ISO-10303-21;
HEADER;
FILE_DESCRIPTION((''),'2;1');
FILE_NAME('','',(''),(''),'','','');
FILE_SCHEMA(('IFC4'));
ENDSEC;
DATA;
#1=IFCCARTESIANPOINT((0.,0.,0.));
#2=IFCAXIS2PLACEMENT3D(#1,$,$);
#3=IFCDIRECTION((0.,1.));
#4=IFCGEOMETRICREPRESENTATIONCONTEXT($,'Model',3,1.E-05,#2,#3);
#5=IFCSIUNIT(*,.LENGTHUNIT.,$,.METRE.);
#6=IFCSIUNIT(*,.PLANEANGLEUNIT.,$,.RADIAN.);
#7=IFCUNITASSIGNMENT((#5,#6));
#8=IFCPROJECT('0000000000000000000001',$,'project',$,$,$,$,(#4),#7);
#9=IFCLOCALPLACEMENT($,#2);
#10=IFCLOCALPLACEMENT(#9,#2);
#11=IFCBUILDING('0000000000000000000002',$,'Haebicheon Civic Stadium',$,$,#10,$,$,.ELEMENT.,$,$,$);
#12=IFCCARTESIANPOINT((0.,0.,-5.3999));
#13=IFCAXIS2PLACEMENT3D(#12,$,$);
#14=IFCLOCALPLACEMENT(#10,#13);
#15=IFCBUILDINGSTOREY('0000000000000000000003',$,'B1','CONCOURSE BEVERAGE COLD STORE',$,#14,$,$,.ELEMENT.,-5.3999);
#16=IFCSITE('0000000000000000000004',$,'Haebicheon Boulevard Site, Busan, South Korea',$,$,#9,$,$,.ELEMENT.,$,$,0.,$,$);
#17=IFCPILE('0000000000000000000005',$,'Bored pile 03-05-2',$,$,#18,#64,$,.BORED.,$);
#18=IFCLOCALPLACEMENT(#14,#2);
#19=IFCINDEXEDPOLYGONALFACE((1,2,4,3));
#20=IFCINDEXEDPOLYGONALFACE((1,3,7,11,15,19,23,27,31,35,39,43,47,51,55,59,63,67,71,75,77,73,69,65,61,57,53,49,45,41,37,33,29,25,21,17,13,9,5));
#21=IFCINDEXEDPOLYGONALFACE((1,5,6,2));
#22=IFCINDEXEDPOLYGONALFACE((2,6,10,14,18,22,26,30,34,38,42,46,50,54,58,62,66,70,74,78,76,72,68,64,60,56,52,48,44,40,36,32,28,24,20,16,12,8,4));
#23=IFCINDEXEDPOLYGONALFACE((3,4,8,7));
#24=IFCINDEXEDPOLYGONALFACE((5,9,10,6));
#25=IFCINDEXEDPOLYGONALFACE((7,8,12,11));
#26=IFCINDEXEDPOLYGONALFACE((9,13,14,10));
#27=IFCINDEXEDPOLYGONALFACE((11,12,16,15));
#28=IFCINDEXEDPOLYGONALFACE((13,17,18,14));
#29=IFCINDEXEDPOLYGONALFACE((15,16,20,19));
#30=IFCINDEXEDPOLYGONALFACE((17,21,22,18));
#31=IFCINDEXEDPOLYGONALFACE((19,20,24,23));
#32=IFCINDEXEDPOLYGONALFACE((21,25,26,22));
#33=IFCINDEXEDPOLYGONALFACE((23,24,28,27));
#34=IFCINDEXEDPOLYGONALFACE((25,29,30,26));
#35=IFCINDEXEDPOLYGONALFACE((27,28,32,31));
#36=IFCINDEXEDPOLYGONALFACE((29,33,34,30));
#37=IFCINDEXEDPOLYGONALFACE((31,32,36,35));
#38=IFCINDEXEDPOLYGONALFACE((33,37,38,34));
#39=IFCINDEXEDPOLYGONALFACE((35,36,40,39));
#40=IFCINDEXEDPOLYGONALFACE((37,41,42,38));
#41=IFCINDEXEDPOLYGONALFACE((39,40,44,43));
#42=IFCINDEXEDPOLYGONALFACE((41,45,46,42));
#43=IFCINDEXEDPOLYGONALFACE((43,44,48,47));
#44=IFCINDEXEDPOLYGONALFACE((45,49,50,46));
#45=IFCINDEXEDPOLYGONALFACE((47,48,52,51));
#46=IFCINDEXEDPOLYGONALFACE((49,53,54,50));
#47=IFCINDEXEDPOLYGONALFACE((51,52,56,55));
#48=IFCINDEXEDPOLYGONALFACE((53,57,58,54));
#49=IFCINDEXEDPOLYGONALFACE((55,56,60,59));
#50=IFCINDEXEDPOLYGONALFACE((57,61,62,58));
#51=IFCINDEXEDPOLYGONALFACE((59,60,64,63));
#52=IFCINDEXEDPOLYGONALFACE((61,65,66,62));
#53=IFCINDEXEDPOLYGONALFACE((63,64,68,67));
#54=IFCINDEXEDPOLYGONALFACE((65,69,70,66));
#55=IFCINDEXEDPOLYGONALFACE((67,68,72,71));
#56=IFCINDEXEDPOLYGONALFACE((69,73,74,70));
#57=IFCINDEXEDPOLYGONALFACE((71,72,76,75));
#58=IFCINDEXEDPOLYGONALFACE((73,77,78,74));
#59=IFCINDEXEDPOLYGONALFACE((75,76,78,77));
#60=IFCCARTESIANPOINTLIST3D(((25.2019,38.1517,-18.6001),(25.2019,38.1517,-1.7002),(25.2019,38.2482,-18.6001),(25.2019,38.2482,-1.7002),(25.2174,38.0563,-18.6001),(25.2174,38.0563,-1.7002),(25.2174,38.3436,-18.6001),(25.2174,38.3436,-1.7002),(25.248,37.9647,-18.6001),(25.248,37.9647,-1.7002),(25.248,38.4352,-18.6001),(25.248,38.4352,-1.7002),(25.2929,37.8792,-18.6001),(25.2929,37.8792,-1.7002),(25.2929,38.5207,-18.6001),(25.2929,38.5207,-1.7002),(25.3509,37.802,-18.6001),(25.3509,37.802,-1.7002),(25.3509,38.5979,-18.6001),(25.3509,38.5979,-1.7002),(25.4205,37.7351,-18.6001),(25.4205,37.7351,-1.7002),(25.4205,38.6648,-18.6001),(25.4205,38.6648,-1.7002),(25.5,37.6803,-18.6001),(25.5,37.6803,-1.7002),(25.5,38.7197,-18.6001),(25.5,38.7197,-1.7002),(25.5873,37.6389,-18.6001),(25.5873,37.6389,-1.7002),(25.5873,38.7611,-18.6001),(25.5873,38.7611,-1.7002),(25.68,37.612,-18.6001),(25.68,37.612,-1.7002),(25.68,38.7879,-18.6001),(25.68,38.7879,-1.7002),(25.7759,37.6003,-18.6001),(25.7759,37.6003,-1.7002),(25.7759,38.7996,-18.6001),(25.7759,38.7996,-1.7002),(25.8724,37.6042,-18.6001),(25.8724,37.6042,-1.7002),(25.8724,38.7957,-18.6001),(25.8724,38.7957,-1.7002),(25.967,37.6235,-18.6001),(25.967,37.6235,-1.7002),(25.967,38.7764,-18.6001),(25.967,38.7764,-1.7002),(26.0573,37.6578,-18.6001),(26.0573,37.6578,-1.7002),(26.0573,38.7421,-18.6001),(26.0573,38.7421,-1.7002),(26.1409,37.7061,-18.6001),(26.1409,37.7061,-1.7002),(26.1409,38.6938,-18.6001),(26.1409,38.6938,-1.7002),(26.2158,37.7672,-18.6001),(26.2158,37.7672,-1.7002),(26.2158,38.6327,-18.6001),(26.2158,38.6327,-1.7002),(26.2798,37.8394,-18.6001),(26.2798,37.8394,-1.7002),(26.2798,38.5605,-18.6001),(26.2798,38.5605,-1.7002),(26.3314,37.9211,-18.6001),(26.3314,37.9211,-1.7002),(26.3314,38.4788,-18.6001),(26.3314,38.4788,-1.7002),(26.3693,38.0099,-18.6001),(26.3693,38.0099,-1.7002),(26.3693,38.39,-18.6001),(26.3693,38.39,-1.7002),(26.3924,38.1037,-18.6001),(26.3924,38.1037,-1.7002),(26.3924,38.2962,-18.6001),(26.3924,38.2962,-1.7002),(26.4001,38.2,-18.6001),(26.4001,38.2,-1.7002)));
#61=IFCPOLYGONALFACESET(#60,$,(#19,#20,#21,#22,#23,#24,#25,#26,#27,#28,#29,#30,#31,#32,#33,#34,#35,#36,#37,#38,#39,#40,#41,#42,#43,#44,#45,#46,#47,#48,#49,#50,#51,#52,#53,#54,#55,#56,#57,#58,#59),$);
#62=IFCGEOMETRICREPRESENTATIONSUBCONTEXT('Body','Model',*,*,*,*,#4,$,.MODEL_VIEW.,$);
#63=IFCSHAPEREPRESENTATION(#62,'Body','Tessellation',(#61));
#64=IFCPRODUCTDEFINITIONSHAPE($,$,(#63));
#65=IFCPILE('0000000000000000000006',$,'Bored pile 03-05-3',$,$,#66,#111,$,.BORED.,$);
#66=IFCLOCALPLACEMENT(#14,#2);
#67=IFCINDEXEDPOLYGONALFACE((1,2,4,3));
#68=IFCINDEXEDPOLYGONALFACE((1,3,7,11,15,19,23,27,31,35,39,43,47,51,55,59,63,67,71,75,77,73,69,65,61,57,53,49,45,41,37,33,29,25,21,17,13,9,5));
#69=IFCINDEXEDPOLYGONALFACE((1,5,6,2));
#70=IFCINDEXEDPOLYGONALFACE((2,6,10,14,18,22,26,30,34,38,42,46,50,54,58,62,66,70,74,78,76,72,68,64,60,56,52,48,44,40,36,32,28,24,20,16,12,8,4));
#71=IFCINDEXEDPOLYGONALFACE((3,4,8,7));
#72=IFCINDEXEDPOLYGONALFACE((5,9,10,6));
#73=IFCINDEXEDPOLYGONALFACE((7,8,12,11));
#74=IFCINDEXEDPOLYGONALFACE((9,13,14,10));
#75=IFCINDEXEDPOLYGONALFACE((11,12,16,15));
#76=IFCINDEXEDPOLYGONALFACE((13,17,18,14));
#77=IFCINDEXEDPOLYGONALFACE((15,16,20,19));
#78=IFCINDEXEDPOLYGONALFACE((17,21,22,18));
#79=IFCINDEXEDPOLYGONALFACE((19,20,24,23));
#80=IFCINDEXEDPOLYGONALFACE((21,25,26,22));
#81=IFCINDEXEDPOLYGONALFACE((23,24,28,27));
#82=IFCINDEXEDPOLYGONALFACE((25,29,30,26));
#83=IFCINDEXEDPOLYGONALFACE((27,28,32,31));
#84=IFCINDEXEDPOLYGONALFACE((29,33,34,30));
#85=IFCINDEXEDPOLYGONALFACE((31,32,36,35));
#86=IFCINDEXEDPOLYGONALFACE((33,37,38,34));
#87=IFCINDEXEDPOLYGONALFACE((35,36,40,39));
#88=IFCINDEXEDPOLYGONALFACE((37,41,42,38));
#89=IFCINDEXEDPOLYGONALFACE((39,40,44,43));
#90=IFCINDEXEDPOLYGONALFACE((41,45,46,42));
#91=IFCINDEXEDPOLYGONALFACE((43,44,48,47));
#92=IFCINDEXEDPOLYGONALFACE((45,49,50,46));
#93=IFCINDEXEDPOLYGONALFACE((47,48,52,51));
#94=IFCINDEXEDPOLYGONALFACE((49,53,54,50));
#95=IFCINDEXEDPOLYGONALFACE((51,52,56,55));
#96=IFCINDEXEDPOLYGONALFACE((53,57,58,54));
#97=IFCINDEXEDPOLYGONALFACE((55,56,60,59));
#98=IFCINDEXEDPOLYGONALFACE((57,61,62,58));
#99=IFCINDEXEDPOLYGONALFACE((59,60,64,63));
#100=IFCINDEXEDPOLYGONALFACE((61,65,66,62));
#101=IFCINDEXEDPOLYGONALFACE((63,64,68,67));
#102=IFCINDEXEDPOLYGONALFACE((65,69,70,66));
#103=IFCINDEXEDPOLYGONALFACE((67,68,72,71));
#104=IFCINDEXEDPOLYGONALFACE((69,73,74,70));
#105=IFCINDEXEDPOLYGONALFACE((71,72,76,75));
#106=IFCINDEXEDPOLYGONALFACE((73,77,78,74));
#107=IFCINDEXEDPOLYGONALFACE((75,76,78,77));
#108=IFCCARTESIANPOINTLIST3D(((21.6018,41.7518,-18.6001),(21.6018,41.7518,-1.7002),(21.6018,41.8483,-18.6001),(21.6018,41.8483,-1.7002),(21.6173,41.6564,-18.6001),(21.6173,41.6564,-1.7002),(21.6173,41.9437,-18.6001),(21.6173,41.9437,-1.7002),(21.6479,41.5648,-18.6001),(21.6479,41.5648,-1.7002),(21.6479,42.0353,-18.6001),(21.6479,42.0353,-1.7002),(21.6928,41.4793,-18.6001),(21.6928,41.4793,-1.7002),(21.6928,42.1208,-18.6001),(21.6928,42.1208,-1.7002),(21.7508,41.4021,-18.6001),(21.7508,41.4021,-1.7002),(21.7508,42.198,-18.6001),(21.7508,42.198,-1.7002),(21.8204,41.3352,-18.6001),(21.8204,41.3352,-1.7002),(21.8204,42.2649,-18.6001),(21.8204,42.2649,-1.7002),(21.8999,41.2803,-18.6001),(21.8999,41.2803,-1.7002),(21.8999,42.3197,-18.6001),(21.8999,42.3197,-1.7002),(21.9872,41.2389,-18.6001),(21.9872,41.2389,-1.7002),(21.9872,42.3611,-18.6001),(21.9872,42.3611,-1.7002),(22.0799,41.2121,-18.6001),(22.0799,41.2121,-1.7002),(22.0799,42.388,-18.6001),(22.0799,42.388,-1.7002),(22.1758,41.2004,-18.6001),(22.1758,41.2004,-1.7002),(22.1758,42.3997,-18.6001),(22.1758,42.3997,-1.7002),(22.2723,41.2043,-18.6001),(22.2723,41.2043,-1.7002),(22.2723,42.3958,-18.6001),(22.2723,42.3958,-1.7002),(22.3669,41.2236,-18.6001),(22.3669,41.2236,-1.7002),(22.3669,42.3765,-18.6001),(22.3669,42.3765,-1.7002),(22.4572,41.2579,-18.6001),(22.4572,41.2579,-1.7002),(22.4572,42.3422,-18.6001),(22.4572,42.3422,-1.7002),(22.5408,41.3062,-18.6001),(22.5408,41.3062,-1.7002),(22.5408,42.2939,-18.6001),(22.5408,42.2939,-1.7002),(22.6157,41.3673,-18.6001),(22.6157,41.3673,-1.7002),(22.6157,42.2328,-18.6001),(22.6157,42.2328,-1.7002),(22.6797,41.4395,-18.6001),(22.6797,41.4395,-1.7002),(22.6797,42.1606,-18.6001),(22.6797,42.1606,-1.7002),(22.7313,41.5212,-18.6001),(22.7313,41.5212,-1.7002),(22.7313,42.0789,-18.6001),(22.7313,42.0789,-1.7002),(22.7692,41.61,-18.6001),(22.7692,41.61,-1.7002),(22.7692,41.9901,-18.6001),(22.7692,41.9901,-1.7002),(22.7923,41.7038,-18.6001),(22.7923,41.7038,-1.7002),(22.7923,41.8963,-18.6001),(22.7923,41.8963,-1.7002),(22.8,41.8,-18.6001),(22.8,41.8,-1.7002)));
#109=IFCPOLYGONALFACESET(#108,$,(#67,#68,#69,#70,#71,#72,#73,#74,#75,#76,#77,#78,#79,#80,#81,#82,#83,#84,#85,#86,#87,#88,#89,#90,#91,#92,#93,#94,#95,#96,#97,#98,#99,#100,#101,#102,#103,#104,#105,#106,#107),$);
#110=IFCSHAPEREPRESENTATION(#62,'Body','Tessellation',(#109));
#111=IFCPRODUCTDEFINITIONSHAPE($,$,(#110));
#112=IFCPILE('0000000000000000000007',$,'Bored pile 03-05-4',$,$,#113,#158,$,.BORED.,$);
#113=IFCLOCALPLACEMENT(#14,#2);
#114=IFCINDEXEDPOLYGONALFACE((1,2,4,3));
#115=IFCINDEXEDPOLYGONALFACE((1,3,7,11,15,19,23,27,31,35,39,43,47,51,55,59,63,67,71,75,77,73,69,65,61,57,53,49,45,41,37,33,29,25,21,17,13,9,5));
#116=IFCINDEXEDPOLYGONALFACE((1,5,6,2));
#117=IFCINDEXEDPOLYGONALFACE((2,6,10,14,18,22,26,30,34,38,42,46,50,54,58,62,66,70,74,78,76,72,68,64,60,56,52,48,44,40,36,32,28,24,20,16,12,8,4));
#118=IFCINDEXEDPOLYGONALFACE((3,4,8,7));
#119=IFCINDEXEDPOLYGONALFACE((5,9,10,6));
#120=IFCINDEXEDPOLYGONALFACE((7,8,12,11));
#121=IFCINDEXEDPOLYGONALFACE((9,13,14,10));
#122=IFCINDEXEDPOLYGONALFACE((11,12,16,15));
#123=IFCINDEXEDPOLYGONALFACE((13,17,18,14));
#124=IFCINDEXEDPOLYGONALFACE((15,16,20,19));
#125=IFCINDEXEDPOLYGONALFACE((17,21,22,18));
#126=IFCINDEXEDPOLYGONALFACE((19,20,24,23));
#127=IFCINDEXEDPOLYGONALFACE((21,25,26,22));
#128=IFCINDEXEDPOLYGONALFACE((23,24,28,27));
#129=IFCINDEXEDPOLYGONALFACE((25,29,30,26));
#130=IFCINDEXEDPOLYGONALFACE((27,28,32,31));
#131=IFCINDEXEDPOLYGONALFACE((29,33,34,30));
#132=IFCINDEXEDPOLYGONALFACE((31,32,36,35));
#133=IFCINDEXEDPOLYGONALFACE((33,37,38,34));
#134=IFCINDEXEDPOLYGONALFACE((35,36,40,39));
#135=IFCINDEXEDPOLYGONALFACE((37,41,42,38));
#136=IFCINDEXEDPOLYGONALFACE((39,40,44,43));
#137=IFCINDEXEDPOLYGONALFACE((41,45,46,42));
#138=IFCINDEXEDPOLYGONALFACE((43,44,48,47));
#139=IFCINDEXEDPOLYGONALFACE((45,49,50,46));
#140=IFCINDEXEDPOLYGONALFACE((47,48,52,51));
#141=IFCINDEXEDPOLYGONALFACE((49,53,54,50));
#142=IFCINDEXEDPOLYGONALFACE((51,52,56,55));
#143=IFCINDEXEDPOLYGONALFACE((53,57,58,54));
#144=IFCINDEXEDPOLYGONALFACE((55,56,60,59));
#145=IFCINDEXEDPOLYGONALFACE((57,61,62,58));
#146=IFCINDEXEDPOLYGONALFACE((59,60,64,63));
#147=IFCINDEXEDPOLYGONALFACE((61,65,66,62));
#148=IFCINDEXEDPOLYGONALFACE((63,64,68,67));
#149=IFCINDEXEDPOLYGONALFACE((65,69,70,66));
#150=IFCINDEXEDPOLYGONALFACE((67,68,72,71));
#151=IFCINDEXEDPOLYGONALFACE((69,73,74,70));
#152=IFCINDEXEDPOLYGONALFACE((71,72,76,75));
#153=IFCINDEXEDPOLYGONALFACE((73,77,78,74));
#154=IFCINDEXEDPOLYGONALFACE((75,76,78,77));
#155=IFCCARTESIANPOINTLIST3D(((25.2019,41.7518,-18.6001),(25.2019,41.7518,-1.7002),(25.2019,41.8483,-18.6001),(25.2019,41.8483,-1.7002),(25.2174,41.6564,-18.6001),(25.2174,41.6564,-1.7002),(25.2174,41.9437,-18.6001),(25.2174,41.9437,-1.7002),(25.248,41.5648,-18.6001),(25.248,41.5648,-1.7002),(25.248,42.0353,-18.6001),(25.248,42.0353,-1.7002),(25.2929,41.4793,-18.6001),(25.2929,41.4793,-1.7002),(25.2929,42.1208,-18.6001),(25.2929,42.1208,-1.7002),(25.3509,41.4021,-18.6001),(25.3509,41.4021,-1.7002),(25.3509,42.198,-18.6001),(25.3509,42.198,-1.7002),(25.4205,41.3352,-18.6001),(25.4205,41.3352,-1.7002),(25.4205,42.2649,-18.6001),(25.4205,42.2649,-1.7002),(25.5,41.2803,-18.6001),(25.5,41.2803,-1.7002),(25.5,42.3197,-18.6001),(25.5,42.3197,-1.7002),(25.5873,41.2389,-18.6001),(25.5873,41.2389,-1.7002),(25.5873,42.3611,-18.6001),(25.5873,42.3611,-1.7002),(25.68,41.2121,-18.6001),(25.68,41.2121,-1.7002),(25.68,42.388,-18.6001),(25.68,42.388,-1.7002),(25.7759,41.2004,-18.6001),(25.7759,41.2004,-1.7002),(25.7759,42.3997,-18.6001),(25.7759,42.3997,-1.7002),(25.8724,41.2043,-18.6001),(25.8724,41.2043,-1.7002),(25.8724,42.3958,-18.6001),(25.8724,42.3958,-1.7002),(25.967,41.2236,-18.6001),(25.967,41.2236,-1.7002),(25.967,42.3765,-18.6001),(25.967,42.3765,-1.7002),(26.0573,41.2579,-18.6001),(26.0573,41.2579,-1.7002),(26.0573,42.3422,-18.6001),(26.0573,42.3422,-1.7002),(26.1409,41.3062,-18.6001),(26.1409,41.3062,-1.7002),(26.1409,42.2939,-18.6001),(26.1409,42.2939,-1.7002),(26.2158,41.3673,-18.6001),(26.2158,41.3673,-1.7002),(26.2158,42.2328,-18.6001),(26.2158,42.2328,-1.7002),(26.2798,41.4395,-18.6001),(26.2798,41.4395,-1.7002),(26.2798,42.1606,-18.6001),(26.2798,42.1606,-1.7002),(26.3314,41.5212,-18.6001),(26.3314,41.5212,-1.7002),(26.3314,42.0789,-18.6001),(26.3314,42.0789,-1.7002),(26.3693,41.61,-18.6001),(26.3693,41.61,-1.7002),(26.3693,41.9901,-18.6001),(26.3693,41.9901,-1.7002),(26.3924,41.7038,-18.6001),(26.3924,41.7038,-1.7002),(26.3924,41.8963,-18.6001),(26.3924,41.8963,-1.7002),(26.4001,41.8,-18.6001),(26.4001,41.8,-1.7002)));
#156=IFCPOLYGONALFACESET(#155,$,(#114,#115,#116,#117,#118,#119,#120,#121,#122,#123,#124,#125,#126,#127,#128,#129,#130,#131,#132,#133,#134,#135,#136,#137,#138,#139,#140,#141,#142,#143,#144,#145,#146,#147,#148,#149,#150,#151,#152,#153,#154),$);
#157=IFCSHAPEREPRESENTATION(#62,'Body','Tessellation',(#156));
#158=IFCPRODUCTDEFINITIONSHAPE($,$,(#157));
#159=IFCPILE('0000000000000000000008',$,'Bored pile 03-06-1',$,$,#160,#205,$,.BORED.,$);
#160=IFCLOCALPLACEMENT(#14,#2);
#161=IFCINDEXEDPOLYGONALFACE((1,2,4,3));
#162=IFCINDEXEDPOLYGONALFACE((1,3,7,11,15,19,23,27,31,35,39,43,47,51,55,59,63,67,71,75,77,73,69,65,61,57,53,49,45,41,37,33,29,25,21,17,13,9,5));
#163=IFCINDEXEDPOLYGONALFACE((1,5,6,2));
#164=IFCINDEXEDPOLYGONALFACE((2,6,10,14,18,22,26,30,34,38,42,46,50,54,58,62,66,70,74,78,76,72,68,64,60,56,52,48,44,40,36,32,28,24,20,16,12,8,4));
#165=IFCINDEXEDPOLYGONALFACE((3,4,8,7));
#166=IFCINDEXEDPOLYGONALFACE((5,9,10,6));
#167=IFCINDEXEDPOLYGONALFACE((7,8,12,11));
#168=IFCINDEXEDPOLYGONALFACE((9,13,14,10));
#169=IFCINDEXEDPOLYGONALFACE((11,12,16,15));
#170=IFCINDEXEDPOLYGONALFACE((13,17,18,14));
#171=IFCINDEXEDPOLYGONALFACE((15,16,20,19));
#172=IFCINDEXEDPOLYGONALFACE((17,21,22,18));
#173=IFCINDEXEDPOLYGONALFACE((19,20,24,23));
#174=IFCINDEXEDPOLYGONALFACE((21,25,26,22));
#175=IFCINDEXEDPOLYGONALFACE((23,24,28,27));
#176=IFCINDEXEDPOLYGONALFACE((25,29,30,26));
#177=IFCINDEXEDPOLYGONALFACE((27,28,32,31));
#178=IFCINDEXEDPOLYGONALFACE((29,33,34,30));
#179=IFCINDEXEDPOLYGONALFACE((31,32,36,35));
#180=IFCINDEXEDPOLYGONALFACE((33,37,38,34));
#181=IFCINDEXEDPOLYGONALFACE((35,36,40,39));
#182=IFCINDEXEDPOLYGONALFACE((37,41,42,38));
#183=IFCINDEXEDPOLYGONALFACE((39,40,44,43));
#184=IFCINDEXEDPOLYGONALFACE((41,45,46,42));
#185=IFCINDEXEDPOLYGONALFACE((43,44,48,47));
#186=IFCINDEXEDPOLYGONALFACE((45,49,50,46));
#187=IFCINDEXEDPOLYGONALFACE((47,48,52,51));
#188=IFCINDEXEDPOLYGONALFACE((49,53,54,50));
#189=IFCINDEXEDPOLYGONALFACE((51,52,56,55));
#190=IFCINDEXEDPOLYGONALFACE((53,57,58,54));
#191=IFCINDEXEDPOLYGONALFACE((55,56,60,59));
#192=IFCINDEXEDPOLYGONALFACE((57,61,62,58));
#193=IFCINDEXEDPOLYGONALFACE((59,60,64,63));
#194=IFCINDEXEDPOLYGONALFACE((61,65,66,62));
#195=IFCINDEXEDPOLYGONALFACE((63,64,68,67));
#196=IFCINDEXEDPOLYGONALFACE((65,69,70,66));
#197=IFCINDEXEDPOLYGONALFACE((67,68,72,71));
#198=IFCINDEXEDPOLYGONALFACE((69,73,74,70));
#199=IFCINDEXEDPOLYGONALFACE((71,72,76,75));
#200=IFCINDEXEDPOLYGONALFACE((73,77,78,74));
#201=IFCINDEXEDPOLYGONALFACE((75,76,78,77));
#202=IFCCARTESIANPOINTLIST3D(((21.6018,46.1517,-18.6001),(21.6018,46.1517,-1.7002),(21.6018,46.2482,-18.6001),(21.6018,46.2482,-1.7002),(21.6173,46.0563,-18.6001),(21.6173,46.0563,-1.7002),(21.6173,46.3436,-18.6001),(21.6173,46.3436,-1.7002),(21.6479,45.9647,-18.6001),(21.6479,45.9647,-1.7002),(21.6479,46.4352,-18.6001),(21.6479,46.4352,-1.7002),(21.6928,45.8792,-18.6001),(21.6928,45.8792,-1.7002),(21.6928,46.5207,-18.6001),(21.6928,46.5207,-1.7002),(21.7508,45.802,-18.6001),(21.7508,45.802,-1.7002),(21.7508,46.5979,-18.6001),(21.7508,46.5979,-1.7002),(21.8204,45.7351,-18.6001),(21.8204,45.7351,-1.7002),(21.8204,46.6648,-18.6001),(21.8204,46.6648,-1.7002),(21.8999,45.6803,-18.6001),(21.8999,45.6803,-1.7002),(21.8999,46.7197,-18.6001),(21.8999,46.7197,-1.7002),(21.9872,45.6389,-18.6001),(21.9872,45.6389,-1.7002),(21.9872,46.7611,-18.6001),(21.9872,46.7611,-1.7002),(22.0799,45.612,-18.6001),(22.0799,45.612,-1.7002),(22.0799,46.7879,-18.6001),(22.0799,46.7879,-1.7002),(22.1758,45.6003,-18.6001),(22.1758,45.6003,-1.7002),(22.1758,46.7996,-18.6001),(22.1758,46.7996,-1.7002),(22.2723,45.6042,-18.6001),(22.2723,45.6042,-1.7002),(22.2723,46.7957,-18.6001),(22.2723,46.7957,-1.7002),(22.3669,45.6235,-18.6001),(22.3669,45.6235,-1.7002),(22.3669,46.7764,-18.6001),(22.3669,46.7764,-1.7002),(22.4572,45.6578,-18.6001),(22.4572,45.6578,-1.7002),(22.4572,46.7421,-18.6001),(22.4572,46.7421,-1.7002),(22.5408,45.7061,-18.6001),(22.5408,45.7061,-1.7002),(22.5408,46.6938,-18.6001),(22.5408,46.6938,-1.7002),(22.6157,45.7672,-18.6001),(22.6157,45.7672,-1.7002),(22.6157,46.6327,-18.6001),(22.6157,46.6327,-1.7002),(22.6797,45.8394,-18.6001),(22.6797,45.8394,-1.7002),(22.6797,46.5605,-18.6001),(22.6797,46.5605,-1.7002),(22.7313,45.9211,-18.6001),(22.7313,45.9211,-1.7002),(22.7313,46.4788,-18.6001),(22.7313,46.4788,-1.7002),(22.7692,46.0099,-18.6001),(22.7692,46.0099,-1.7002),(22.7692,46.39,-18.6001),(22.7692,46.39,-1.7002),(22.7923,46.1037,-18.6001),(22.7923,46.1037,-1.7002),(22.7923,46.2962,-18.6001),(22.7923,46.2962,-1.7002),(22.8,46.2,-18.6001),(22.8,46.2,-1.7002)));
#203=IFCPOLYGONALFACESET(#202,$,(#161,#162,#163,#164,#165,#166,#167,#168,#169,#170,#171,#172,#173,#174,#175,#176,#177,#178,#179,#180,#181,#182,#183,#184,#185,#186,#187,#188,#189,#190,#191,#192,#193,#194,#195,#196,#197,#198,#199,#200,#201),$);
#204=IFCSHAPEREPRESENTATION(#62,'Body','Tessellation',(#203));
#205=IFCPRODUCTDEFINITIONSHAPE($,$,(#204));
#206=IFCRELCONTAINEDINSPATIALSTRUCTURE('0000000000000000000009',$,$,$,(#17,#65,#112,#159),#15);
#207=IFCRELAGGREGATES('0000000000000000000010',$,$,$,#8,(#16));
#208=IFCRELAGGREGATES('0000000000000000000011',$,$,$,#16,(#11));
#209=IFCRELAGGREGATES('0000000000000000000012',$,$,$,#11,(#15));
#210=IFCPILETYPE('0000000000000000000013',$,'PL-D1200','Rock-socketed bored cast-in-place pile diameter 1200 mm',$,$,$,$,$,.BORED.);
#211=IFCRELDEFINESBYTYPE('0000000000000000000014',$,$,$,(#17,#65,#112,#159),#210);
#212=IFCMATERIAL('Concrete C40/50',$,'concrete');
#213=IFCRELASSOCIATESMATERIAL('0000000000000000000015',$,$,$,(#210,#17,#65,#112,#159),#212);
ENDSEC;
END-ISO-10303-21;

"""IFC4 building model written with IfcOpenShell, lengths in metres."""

from ifc_helpers import new_model, si_unit, direction, frame, origin, origin_2d, place, context, subcontext, project, spatial, circle, extrude, material, material_profile, profile_set, type_object, element, save


model = new_model("IFC4")

# Units and contexts
model_context = context("Model", 3, precision=1e-05, world=origin(), true_north=direction((0.0, 1.0)))
body_context = subcontext(model_context, "Body", "Model", "MODEL_VIEW")
ifc_project = project(units=[si_unit("LENGTHUNIT", "METRE"), si_unit("PLANEANGLEUNIT", "RADIAN")], contexts=[model_context])

# Site, building, storey
site_placement = place(None, origin())
site = spatial("IfcSite", under=ifc_project, at=site_placement, Name="Haebicheon Boulevard Site, Busan, South Korea", CompositionType="ELEMENT", RefElevation=0.0)
building_placement = place(site_placement, origin())
building = spatial("IfcBuilding", under=site, at=building_placement, Name="Haebicheon Civic Stadium", CompositionType="ELEMENT")
storey_placement = place(building_placement, frame((0.0, 0.0, -5.3999)))
storey = spatial("IfcBuildingStorey", under=building, at=storey_placement, Name="B1", Description="CONCOURSE BEVERAGE COLD STORE", CompositionType="ELEMENT", Elevation=-5.3999)

# Piles
ifc_material_1 = material(Name="Concrete C40/50", Category="concrete")
ifc_material_profile_1 = material_profile(ifc_material_1, circle(Radius=0.6001, at=origin_2d()), Name="PILE-D1200")
ifc_profile_set_1 = profile_set([ifc_material_profile_1], Name="Concrete C40/50")
pile_type_1 = type_object("IfcPileType", Name="PL-D1200", Description="Rock-socketed bored cast-in-place pile diameter 1200 mm", PredefinedType="BORED", material=ifc_profile_set_1)
for number, where, z_axis, x_axis, name in (
    (1, (25.8, 38.2, -1.7002), (0.0, 0.0, -1.0), (1.0, 0.0, 0.0), "Bored pile 03-05-2"),
    (2, (22.2, 41.8, -1.7002), (0.0, 0.0, -1.0), (1.0, 0.0, 0.0), "Bored pile 03-05-3"),
    (3, (25.8, 41.8, -1.7002), (0.0, 0.0, -1.0), (1.0, 0.0, 0.0), "Bored pile 03-05-4"),
    (4, (22.2, 46.2, -1.7002), (0.0, 0.0, -1.0), (1.0, 0.0, 0.0), "Bored pile 03-06-1"),
):
    element("IfcPile", number, at=place(storey_placement, frame(where, z_axis=z_axis, x_axis=x_axis)), inside=storey, type_object=pile_type_1, material=ifc_profile_set_1, Name=name, PredefinedType="BORED", context=body_context, shape_type="SweptSolid", body=[
        extrude(circle(Radius=0.6001, at=origin_2d()), origin(), (0.0, 0.0, 1.0), 16.8999),
    ])

save(model, "model.ifc")
